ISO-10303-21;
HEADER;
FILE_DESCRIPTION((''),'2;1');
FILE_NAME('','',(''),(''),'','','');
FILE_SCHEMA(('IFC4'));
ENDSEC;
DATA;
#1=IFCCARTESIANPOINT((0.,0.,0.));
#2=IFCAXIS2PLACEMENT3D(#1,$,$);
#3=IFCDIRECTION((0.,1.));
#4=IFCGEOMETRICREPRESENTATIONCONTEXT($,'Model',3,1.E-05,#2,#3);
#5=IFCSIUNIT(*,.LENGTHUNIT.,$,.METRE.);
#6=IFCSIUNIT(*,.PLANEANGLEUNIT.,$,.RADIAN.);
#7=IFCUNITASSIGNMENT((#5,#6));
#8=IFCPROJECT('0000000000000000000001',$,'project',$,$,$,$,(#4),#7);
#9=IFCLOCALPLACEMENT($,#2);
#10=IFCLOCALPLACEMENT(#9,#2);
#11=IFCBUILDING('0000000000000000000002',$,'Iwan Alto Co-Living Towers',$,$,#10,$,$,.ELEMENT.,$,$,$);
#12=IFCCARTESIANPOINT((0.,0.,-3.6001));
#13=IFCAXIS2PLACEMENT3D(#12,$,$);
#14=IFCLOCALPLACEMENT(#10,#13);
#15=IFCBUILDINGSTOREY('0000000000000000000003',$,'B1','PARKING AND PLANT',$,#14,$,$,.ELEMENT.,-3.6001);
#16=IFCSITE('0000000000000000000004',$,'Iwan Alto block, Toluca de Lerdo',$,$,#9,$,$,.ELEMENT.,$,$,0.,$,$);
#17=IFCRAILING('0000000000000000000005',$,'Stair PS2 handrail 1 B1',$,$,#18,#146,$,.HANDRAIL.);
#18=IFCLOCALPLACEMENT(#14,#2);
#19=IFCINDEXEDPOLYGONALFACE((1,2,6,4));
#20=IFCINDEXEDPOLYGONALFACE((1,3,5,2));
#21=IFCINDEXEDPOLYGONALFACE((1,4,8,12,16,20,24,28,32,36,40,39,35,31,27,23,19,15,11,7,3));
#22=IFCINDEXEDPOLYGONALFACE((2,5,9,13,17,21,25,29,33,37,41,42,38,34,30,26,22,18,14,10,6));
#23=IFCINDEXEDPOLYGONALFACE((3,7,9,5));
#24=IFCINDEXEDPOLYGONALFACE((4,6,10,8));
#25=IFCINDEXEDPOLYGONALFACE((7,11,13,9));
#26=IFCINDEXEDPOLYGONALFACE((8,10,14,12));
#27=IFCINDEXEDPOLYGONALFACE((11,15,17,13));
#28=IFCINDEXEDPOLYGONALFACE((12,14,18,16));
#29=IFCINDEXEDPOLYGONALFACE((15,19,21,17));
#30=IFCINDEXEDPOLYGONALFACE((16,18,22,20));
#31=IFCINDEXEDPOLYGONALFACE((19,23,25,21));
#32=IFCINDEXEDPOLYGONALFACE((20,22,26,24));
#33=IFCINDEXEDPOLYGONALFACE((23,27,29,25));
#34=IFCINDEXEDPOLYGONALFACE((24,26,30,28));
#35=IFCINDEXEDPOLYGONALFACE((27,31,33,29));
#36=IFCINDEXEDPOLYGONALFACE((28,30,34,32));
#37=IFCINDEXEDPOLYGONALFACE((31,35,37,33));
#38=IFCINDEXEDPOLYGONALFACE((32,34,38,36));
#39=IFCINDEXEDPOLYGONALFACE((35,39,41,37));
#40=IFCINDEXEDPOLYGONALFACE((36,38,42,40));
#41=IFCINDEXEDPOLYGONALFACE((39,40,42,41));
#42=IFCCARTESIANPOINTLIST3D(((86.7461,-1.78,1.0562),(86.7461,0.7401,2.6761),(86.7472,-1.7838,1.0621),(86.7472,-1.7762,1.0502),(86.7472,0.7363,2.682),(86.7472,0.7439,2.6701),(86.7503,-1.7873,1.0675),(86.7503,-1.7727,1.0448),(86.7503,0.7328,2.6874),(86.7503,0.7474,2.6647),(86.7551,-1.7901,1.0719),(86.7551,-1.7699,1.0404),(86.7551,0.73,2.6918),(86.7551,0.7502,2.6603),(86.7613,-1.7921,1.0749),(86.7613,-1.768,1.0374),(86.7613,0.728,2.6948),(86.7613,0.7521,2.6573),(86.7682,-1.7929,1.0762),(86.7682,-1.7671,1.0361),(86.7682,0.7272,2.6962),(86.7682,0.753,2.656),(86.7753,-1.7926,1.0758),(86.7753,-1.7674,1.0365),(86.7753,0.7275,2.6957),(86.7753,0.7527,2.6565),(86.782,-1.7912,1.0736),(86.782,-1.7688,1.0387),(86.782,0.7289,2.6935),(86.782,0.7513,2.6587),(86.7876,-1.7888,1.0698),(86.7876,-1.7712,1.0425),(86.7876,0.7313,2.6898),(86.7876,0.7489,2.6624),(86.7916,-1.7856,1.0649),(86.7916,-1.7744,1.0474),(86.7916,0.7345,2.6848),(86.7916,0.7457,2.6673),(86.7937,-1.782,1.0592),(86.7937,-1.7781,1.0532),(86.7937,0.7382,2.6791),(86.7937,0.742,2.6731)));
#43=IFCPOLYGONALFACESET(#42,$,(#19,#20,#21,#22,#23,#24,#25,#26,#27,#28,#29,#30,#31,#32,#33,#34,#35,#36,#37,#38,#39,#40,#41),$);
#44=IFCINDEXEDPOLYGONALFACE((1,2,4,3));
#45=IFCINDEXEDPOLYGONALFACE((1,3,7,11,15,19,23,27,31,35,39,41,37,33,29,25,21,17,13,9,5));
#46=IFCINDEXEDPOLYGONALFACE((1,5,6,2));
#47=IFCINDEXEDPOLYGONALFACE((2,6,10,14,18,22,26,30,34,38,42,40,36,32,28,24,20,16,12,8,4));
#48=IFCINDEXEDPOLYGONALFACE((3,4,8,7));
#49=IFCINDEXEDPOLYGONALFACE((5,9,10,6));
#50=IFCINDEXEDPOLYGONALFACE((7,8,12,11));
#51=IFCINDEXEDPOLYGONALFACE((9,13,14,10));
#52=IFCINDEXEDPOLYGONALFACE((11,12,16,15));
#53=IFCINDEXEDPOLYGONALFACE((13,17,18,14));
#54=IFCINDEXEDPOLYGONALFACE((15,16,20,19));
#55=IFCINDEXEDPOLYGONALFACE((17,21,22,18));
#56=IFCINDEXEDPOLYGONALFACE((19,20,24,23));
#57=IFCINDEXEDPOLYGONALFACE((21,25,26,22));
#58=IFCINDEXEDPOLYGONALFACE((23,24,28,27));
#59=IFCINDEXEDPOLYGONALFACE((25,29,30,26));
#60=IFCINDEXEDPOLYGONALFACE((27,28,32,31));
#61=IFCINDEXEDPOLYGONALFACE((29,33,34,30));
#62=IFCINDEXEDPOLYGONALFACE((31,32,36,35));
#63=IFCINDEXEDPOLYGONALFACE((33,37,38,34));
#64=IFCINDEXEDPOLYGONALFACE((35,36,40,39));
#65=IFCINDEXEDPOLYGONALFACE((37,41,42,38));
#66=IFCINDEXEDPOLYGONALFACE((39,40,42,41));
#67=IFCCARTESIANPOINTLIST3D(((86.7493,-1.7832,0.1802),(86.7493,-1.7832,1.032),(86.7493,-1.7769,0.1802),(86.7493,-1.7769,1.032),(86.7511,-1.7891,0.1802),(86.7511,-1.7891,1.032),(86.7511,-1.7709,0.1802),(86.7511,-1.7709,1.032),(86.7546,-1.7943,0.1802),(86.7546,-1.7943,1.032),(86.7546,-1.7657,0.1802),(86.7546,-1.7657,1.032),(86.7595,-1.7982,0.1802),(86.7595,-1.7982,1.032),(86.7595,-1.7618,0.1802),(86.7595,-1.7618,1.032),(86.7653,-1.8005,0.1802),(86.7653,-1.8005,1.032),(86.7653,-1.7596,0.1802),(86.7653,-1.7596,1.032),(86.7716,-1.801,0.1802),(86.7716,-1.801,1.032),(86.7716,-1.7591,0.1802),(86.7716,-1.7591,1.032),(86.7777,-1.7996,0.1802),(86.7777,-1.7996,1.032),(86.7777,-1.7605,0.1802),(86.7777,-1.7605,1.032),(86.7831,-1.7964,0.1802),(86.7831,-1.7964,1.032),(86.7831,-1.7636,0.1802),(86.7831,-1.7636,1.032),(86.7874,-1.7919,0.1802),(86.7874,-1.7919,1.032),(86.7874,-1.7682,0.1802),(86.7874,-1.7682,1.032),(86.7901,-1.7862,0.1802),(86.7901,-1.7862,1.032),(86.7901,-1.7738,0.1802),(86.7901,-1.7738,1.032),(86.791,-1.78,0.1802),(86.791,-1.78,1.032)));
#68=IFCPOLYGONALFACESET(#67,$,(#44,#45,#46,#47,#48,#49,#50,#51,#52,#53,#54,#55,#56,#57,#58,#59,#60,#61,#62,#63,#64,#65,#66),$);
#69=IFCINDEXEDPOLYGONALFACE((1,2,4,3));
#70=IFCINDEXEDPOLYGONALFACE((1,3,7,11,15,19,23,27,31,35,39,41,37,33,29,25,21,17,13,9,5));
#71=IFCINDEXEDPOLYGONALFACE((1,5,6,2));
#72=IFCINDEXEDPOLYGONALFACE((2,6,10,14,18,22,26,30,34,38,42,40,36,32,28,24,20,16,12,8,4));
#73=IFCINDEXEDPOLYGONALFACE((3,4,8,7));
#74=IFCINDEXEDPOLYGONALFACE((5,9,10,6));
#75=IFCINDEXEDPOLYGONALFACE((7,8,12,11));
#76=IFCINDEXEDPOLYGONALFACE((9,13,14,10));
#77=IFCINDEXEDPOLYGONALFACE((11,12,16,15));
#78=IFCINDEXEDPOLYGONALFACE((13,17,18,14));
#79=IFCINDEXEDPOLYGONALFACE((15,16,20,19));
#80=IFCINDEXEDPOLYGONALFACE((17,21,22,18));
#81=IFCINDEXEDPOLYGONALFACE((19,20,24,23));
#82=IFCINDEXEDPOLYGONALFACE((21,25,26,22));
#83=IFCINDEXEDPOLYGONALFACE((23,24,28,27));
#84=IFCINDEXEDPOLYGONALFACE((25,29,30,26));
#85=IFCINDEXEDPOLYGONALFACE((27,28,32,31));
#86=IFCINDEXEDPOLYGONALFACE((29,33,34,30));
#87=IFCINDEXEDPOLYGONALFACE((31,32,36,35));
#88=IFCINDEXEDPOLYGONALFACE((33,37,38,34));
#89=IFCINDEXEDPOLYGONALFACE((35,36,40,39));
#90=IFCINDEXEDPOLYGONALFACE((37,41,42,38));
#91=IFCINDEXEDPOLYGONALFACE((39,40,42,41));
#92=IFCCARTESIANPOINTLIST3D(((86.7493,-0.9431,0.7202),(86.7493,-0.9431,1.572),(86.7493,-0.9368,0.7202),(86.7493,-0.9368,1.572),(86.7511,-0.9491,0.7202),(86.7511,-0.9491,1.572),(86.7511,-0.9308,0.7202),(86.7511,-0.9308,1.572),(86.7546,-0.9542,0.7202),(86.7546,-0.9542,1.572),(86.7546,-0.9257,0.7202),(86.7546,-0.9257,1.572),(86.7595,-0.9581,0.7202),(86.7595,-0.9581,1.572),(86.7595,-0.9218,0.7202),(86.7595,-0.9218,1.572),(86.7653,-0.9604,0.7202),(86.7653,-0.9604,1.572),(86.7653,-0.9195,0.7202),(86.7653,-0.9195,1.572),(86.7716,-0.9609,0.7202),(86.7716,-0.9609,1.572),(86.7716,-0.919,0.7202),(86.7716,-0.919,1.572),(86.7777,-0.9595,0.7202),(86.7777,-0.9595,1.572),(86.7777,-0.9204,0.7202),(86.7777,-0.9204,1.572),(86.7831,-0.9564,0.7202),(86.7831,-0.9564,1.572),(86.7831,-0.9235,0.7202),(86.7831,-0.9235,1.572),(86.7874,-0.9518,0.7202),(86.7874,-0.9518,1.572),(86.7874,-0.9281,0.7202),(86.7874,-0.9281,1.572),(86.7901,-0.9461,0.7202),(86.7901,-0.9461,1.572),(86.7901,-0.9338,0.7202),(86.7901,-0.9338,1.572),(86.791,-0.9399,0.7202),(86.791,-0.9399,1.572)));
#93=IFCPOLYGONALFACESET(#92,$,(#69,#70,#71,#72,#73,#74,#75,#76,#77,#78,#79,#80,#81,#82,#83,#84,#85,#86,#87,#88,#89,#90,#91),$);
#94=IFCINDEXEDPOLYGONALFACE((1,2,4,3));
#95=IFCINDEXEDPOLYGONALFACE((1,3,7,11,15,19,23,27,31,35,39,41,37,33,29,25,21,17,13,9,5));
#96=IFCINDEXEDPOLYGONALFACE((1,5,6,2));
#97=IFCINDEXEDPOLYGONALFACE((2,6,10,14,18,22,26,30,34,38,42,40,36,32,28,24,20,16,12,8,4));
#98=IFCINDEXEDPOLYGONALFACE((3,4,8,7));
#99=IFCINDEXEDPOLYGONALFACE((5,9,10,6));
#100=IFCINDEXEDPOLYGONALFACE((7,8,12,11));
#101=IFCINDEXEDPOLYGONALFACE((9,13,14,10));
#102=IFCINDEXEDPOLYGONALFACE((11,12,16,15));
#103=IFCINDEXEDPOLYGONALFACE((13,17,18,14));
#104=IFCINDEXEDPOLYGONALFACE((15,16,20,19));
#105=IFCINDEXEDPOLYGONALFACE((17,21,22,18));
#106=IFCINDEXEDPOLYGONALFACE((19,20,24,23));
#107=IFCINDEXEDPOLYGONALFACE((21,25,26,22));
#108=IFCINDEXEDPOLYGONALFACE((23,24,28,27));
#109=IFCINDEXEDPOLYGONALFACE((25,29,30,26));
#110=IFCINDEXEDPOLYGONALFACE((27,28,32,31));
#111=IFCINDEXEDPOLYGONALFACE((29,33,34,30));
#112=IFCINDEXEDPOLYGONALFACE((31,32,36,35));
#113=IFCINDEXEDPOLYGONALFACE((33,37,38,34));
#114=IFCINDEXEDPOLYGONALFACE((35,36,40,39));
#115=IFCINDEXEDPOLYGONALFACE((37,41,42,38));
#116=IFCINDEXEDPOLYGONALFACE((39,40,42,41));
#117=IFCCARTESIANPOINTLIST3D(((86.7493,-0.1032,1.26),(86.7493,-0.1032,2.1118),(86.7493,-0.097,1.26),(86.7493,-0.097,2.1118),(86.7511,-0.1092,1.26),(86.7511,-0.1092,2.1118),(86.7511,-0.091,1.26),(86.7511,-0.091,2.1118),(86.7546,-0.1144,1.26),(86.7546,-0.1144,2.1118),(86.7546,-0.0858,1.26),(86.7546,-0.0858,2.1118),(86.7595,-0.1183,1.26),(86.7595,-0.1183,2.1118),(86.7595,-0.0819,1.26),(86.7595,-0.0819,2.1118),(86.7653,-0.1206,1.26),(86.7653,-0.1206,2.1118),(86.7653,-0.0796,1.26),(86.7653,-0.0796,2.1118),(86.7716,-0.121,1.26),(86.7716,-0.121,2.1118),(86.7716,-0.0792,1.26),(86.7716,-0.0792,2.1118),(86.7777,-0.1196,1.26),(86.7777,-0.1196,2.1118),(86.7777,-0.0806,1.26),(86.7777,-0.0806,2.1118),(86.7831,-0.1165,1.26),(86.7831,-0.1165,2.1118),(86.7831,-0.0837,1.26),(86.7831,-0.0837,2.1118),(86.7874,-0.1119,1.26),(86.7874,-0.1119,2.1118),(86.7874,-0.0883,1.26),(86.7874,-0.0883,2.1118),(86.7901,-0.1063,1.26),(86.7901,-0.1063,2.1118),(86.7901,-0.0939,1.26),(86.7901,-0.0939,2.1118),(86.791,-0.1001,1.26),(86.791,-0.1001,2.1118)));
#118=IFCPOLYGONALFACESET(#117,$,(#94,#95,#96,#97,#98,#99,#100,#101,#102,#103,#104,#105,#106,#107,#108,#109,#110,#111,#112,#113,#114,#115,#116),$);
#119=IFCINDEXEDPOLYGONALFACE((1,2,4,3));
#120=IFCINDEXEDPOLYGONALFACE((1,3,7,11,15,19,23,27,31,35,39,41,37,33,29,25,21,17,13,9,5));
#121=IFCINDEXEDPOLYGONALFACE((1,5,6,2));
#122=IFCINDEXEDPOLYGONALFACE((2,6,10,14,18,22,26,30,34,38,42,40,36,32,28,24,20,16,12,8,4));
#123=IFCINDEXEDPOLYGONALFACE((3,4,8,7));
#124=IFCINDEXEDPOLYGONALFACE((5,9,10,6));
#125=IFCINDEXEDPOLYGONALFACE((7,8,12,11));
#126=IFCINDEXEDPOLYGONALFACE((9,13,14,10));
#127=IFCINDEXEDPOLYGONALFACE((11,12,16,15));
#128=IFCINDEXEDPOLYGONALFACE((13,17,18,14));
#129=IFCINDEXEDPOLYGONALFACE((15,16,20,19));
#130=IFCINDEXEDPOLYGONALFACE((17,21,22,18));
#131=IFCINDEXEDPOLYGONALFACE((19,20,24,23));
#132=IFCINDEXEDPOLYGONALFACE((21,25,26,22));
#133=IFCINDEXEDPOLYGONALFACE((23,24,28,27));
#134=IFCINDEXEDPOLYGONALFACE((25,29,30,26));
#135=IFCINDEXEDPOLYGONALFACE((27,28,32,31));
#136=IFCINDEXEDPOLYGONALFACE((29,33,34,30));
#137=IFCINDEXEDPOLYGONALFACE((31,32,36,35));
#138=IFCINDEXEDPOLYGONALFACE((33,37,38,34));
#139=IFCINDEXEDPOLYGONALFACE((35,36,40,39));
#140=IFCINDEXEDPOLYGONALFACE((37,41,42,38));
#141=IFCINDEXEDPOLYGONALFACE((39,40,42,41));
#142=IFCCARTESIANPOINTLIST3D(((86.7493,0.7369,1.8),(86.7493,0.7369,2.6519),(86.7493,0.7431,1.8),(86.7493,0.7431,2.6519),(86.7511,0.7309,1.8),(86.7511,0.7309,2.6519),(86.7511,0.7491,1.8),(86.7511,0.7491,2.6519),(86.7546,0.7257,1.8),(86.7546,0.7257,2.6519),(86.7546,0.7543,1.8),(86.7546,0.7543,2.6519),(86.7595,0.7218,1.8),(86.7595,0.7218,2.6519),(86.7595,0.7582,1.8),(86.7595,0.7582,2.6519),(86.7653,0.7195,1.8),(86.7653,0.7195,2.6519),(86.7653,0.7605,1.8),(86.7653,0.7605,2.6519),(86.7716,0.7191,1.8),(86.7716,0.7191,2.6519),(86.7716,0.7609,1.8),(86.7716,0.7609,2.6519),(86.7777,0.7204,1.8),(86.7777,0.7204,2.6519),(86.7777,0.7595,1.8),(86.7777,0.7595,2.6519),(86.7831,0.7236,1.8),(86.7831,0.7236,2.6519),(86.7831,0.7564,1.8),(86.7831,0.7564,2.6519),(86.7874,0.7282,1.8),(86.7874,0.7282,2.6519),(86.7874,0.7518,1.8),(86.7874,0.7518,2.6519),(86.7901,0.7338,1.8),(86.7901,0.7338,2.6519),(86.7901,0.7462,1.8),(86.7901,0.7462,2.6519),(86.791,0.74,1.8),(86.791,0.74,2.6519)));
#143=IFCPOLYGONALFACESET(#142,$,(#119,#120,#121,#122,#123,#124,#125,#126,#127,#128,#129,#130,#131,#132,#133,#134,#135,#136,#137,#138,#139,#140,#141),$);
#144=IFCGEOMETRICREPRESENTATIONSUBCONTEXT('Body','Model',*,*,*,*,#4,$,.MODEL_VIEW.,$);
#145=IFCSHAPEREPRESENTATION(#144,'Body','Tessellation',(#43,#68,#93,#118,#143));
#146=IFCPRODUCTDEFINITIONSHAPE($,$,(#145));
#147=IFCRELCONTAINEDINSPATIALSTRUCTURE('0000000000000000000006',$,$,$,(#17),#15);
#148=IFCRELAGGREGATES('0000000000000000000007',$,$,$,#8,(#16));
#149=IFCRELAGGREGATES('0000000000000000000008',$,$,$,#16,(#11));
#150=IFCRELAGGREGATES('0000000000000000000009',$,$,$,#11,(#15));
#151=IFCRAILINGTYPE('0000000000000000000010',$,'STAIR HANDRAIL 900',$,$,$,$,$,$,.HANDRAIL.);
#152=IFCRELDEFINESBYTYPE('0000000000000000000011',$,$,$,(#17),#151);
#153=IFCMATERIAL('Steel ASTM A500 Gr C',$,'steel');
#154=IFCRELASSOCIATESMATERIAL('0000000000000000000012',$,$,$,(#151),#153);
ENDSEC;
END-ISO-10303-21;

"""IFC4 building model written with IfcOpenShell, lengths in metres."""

from ifc_helpers import new_model, si_unit, direction, frame, origin, origin_2d, place, context, subcontext, project, spatial, circle, extrude, material, type_object, element, save


model = new_model("IFC4")

# Units and contexts
model_context = context("Model", 3, precision=1e-05, world=origin(), true_north=direction((0.0, 1.0)))
body_context = subcontext(model_context, "Body", "Model", "MODEL_VIEW")
ifc_project = project(units=[si_unit("LENGTHUNIT", "METRE"), si_unit("PLANEANGLEUNIT", "RADIAN")], contexts=[model_context])

# Site, building, storey
site_placement = place(None, origin())
site = spatial("IfcSite", under=ifc_project, at=site_placement, Name="Iwan Alto block, Toluca de Lerdo", CompositionType="ELEMENT", RefElevation=0.0)
building_placement = place(site_placement, origin())
building = spatial("IfcBuilding", under=site, at=building_placement, Name="Iwan Alto Co-Living Towers", CompositionType="ELEMENT")
storey_placement = place(building_placement, frame((0.0, 0.0, -3.6001)))
storey = spatial("IfcBuildingStorey", under=building, at=storey_placement, Name="B1", Description="PARKING AND PLANT", CompositionType="ELEMENT", Elevation=-3.6001)

# Railing
ifc_material_1 = material(Name="Steel ASTM A500 Gr C", Category="steel")
railing_type_1 = type_object("IfcRailingType", Name="STAIR HANDRAIL 900", PredefinedType="HANDRAIL", material=ifc_material_1)
railing_1_placement = place(storey_placement, frame((86.77, -1.78, 0.1802)))
element("IfcRailing", 1, at=railing_1_placement, inside=storey, type_object=railing_type_1, Name="Stair PS2 handrail 1 B1", PredefinedType="HANDRAIL", context=body_context, shape_type="SweptSolid", body=[
    extrude(circle(Radius=0.0239, at=origin_2d()), frame((0.0, 0.0, 0.876), z_axis=(0.0, 0.8412, 0.540725), x_axis=(-1.0, 0.0, 0.0)), (0.0, 0.0, 1.0), 2.9958),
    extrude(circle(Radius=0.021, at=origin_2d()), origin(), (0.0, 0.0, 1.0), 0.8518),
    extrude(circle(Radius=0.021, at=origin_2d()), frame((0.0, 0.8401, 0.54)), (0.0, 0.0, 1.0), 0.8518),
    extrude(circle(Radius=0.021, at=origin_2d()), frame((0.0, 1.6799, 1.0798)), (0.0, 0.0, 1.0), 0.8518),
    extrude(circle(Radius=0.021, at=origin_2d()), frame((0.0, 2.52, 1.6199)), (0.0, 0.0, 1.0), 0.8518),
])

save(model, "model.ifc")
